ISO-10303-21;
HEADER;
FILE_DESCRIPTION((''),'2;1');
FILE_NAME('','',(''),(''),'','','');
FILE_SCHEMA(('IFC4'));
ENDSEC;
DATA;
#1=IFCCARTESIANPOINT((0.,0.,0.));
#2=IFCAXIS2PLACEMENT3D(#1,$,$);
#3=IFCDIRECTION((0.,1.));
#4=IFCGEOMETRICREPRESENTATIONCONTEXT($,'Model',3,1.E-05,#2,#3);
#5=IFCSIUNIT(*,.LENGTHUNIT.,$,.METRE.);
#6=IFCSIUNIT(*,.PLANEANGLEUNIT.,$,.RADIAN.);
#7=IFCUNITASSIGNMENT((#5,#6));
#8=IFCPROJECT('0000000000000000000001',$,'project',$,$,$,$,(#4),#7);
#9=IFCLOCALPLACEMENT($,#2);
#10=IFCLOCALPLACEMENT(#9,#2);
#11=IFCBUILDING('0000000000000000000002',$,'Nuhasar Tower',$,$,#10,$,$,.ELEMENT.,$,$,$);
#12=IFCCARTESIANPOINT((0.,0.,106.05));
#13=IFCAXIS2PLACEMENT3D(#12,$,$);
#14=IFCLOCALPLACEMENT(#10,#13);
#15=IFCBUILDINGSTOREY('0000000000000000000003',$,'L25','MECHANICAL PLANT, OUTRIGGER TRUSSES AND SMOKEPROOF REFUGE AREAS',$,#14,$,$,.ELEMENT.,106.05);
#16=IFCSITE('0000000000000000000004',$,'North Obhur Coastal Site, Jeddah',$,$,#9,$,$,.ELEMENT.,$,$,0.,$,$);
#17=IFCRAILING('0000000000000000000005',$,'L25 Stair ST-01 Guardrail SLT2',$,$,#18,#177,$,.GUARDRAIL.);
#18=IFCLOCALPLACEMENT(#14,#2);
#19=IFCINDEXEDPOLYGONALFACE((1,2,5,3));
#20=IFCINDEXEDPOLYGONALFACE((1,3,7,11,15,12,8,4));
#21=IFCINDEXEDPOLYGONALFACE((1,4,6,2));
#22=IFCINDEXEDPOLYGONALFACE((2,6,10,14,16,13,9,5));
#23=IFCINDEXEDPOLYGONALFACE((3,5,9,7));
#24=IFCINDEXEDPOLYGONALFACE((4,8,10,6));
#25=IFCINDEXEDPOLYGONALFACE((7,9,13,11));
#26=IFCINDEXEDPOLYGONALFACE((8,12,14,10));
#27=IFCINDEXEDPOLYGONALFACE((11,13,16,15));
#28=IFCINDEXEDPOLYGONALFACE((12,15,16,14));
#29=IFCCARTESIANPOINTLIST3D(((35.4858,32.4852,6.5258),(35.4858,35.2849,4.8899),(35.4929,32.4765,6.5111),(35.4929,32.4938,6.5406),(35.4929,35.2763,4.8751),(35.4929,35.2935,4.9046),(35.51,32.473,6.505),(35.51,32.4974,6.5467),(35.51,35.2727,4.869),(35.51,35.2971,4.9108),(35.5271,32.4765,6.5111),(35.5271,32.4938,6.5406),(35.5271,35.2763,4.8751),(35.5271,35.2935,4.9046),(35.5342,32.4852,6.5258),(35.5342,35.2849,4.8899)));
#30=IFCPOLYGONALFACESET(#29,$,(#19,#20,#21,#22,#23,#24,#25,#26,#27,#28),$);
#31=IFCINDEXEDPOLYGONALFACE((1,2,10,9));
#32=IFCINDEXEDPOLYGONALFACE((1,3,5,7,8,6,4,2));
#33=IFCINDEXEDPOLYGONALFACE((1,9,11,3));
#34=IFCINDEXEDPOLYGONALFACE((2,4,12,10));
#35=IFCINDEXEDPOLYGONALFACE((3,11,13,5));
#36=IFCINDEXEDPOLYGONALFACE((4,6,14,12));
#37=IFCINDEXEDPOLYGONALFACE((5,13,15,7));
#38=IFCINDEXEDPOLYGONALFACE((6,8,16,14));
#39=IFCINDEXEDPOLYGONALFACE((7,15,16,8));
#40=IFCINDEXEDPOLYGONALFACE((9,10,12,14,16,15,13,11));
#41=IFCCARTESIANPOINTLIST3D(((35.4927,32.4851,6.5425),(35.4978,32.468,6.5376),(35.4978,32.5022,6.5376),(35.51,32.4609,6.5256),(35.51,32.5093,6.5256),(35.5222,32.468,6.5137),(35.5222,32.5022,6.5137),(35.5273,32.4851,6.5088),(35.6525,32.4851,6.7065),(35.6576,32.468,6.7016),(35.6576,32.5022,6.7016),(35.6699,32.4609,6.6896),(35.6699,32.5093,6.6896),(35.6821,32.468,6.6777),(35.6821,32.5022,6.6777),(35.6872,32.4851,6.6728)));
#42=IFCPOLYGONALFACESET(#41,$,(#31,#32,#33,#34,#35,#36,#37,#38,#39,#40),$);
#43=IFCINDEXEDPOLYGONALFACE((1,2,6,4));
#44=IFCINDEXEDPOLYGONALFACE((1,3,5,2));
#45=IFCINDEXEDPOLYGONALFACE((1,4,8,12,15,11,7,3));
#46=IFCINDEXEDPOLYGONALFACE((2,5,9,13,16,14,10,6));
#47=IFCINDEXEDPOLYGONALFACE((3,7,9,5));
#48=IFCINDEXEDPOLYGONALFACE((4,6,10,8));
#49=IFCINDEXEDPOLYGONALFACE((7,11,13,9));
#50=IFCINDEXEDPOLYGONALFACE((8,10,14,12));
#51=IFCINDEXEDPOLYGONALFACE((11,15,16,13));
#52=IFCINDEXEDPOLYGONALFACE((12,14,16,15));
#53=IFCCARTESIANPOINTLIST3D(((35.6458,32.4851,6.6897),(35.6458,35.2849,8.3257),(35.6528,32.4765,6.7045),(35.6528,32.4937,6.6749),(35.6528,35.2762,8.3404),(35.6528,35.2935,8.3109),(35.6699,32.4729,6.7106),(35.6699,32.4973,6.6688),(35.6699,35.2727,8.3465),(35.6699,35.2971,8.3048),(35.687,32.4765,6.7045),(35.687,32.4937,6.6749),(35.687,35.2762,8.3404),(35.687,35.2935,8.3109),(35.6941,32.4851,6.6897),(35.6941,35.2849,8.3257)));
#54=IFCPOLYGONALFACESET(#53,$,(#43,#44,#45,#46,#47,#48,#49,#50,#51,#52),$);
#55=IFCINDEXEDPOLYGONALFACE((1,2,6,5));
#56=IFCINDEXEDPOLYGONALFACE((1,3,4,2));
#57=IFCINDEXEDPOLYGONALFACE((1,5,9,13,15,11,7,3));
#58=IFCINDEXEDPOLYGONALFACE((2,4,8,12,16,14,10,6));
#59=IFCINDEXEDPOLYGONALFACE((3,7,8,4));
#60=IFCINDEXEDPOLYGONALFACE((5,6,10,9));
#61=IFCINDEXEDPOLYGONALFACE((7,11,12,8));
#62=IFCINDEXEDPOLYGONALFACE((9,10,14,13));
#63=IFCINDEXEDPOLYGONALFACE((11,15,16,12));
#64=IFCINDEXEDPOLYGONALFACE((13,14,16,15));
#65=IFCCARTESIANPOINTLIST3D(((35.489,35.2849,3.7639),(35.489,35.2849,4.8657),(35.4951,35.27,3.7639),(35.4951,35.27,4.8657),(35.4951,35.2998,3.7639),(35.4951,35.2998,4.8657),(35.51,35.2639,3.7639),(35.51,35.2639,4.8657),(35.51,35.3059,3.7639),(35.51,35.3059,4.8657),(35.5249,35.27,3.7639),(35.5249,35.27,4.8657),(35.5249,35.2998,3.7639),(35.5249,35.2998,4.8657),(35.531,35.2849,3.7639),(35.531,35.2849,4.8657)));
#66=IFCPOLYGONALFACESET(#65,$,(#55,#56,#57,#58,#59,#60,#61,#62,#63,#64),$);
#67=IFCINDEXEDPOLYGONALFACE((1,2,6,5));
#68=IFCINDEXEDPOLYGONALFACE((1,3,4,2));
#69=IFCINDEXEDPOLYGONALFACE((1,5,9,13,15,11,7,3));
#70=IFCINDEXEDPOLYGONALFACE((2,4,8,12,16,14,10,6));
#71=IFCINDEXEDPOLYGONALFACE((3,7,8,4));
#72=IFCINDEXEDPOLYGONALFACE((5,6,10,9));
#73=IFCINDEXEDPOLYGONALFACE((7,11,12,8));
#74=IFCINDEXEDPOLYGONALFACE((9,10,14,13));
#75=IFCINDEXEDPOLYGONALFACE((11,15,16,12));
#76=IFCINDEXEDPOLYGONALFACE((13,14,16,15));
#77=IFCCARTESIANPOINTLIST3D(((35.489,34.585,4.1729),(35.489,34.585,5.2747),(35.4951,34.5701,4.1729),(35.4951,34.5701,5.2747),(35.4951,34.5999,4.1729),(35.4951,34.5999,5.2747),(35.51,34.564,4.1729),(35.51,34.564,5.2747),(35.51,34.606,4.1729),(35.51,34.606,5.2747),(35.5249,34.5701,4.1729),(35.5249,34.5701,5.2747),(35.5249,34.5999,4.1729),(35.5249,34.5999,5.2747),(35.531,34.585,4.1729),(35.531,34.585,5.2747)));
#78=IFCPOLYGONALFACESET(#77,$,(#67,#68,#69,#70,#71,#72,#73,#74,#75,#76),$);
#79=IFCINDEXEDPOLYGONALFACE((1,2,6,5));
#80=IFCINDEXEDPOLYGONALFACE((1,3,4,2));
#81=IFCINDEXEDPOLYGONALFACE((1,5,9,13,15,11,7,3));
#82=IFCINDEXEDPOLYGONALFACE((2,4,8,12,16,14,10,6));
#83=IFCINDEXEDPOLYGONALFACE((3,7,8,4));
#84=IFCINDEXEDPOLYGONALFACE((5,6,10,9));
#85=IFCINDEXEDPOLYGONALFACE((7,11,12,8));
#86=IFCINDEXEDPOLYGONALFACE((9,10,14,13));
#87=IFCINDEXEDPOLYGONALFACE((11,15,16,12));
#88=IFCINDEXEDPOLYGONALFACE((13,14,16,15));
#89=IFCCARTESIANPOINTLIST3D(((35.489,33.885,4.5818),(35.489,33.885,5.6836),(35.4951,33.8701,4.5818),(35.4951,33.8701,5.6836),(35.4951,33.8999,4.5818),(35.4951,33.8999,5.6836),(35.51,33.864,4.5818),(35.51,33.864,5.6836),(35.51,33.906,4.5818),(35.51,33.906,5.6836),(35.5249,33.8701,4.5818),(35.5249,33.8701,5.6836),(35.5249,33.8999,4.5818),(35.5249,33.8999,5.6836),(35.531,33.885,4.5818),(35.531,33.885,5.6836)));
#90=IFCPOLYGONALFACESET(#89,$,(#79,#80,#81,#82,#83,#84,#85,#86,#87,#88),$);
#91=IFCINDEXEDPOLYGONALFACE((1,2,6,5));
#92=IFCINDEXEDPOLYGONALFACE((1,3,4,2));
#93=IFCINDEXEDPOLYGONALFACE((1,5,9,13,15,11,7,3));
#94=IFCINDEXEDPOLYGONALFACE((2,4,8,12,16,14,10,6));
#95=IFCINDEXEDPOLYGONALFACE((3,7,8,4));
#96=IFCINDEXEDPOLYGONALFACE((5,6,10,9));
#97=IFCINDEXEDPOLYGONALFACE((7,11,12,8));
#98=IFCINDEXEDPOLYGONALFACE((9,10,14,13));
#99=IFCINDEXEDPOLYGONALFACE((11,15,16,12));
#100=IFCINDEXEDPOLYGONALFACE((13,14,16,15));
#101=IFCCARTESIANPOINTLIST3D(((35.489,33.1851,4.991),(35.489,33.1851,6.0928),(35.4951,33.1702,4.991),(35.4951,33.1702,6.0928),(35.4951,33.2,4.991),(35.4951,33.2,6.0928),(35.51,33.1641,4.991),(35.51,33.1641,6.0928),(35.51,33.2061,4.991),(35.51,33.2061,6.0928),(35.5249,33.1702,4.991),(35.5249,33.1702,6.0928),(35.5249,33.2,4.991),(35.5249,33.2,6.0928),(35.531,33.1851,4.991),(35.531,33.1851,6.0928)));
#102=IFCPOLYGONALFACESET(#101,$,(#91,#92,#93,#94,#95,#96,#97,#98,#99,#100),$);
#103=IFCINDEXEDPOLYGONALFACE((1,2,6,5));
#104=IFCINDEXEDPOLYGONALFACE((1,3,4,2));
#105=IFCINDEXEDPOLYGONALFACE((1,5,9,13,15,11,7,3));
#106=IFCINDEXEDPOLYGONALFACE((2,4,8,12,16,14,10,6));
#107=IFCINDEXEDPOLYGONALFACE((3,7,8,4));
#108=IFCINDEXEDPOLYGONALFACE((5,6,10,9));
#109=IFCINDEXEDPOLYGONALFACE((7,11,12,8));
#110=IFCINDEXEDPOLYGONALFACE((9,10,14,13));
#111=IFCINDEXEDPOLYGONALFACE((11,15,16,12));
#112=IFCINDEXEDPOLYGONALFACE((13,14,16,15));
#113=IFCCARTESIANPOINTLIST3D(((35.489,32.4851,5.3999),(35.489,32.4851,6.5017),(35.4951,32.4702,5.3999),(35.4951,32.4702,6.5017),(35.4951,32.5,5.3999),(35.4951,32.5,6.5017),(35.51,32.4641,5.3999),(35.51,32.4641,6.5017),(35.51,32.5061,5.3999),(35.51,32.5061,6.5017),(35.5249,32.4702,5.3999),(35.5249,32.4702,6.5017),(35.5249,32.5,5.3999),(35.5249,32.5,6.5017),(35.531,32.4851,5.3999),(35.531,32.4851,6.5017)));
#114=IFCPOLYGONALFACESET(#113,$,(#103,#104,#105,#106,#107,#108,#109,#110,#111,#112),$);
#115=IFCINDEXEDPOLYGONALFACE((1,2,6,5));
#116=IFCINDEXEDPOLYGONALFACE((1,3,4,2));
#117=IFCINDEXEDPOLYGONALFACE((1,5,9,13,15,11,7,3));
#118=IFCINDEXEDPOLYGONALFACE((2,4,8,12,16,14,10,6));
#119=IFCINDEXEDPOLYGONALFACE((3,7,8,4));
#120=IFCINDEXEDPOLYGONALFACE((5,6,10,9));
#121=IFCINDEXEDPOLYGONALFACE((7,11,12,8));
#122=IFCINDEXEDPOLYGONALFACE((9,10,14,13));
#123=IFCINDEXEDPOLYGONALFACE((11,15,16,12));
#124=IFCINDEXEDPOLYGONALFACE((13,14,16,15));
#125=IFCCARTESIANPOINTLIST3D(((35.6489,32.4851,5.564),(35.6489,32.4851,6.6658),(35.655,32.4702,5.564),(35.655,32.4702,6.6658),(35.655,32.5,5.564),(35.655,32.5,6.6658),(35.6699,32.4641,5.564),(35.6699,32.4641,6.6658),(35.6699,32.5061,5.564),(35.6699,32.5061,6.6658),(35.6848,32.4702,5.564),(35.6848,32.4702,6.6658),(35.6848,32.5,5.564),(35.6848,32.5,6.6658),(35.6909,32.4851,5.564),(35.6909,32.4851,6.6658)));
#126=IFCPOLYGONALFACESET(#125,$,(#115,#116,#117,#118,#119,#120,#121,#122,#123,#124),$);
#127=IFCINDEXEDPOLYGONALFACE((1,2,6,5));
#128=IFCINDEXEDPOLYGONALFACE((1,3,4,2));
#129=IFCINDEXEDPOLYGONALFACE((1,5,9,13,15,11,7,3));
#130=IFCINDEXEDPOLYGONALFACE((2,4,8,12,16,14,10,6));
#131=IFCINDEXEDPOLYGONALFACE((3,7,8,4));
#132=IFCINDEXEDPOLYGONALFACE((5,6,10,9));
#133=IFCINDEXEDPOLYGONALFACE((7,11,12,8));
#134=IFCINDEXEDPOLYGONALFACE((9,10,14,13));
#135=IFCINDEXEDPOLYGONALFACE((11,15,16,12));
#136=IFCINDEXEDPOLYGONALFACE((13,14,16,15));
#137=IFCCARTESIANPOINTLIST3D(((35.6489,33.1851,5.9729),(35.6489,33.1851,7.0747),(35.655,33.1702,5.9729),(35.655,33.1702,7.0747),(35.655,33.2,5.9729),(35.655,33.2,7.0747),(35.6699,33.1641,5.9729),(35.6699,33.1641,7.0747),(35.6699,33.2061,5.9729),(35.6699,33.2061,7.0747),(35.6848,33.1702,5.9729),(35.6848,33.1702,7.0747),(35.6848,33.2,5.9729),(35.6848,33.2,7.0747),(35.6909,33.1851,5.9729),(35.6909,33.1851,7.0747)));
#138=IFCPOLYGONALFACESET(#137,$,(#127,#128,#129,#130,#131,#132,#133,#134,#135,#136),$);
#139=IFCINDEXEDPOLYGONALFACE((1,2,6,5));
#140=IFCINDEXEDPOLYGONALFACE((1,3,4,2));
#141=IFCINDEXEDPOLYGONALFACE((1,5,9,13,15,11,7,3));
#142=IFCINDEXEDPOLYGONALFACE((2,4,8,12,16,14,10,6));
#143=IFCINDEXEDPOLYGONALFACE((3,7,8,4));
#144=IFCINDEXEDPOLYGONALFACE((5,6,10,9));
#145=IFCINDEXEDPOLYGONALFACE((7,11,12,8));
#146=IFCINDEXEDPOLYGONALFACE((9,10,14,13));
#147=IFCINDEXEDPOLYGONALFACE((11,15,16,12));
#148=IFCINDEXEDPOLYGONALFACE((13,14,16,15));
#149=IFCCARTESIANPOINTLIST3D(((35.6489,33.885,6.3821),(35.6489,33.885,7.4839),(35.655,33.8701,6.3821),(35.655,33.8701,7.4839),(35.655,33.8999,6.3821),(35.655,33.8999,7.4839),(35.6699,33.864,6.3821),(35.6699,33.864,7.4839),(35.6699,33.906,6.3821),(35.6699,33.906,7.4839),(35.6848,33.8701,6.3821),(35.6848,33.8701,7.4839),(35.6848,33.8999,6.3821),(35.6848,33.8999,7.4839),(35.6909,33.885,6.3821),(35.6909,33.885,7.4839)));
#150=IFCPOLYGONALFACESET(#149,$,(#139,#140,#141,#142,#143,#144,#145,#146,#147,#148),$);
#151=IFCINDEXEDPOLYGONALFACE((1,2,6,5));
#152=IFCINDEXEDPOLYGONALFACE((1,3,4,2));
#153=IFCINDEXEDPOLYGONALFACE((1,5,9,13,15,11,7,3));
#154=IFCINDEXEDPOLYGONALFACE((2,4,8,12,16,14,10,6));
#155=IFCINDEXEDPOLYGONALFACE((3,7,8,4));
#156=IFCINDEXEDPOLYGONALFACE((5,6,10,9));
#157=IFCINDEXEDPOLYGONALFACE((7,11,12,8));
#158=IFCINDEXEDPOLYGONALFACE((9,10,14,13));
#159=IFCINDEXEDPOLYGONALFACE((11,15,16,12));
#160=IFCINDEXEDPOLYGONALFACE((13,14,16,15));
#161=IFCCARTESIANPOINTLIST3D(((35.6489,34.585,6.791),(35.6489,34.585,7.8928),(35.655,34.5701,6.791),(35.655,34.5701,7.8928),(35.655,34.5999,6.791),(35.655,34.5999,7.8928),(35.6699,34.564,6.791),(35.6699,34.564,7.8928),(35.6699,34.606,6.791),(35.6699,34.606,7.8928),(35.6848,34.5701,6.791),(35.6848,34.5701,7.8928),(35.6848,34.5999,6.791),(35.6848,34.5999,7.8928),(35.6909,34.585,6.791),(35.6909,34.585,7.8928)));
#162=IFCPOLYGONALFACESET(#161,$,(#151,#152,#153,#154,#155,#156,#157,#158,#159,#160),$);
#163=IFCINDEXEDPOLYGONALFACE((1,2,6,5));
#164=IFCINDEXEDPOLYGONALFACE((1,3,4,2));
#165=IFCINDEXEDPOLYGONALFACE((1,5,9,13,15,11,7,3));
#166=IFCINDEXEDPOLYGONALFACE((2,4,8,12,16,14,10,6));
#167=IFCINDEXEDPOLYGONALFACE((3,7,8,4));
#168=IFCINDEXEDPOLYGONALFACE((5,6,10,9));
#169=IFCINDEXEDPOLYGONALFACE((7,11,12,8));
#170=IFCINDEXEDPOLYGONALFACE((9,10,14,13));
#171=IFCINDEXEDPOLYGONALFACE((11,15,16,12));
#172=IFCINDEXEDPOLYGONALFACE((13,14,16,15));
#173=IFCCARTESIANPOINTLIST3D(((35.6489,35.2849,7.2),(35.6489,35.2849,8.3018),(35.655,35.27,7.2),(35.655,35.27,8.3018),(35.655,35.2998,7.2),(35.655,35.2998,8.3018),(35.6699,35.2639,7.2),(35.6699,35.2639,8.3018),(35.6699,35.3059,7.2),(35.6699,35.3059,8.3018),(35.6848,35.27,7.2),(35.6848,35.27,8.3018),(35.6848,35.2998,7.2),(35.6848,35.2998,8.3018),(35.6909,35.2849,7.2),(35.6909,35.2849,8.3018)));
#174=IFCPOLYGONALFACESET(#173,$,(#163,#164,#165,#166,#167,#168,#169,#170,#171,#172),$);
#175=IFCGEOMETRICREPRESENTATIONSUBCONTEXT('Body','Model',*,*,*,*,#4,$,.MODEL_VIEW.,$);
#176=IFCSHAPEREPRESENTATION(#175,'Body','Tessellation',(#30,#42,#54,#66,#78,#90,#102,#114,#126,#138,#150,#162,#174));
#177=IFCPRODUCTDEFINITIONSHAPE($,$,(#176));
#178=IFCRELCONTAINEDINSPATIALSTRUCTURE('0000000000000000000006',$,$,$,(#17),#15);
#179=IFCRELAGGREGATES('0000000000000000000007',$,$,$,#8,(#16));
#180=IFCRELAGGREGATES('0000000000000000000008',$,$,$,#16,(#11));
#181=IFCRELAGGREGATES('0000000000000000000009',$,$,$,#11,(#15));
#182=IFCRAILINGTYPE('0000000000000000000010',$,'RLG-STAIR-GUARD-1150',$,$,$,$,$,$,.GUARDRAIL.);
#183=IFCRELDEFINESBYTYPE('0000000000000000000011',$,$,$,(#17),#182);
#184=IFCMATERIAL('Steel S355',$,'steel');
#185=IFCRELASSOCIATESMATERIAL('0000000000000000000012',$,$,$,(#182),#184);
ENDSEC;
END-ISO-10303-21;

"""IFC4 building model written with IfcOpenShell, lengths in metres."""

from ifc_helpers import new_model, si_unit, direction, frame, origin, place, context, subcontext, project, spatial, polyline, outline, extrude, material, type_object, element, save


model = new_model("IFC4")

# Units and contexts
model_context = context("Model", 3, precision=1e-05, world=origin(), true_north=direction((0.0, 1.0)))
body_context = subcontext(model_context, "Body", "Model", "MODEL_VIEW")
ifc_project = project(units=[si_unit("LENGTHUNIT", "METRE"), si_unit("PLANEANGLEUNIT", "RADIAN")], contexts=[model_context])

# Site, building, storey
site_placement = place(None, origin())
site = spatial("IfcSite", under=ifc_project, at=site_placement, Name="North Obhur Coastal Site, Jeddah", CompositionType="ELEMENT", RefElevation=0.0)
building_placement = place(site_placement, origin())
building = spatial("IfcBuilding", under=site, at=building_placement, Name="Nuhasar Tower", CompositionType="ELEMENT")
storey_placement = place(building_placement, frame((0.0, 0.0, 106.05)))
storey = spatial("IfcBuildingStorey", under=building, at=storey_placement, Name="L25", Description="MECHANICAL PLANT, OUTRIGGER TRUSSES AND SMOKEPROOF REFUGE AREAS", CompositionType="ELEMENT", Elevation=106.05)

# Shared definitions
ifc_material_1 = material(Name="Steel S355", Category="steel")

# Railing
railing_type_1 = type_object("IfcRailingType", Name="RLG-STAIR-GUARD-1150", PredefinedType="GUARDRAIL", material=ifc_material_1)
railing_1_placement = place(storey_placement, frame((35.51, 35.2849, 3.7639)))
element("IfcRailing", 1, at=railing_1_placement, inside=storey, type_object=railing_type_1, Name="L25 Stair ST-01 Guardrail SLT2", PredefinedType="GUARDRAIL", context=body_context, shape_type="SweptSolid", body=[
    extrude(outline(polyline([(0.0242, 0.0), (0.0171, 0.0171), (0.0, 0.0242), (-0.0171, 0.0171), (-0.0242, 0.0), (-0.0171, -0.0171), (0.0, -0.0242), (0.0171, -0.0171), (0.0242, 0.0)])), frame((0.0, 0.0, 1.126), z_axis=(0.0, -0.863407, 0.504508), x_axis=(1.0, 0.0, 0.0)), (0.0, 0.0, 1.0), 3.2427),
    extrude(outline(polyline([(0.0242, 0.0), (0.0171, 0.0171), (0.0, 0.0242), (-0.0171, 0.0171), (-0.0242, 0.0), (-0.0171, -0.0171), (0.0, -0.0242), (0.0171, -0.0171), (0.0242, 0.0)])), frame((0.0, -2.7998, 2.7617), z_axis=(0.697991, 0.0, 0.716107), x_axis=(0.0, 1.0, 0.0)), (0.0, 0.0, 1.0), 0.229),
    extrude(outline(polyline([(0.0242, 0.0), (0.0171, 0.0171), (0.0, 0.0242), (-0.0171, 0.0171), (-0.0242, 0.0), (-0.0171, -0.0171), (0.0, -0.0242), (0.0171, -0.0171), (0.0242, 0.0)])), frame((0.1599, -2.7998, 2.9258), z_axis=(0.0, 0.863407, 0.504508), x_axis=(-1.0, 0.0, 0.0)), (0.0, 0.0, 1.0), 3.2427),
    extrude(outline(polyline([(0.021, 0.0), (0.0149, 0.0149), (0.0, 0.021), (-0.0149, 0.0149), (-0.021, 0.0), (-0.0149, -0.0149), (0.0, -0.021), (0.0149, -0.0149), (0.021, 0.0)])), origin(), (0.0, 0.0, 1.0), 1.1018),
    extrude(outline(polyline([(0.021, 0.0), (0.0149, 0.0149), (0.0, 0.021), (-0.0149, 0.0149), (-0.021, 0.0), (-0.0149, -0.0149), (0.0, -0.021), (0.0149, -0.0149), (0.021, 0.0)])), frame((0.0, -0.7, 0.4089)), (0.0, 0.0, 1.0), 1.1018),
    extrude(outline(polyline([(0.021, 0.0), (0.0149, 0.0149), (0.0, 0.021), (-0.0149, 0.0149), (-0.021, 0.0), (-0.0149, -0.0149), (0.0, -0.021), (0.0149, -0.0149), (0.021, 0.0)])), frame((0.0, -1.3999, 0.8179)), (0.0, 0.0, 1.0), 1.1018),
    extrude(outline(polyline([(0.021, 0.0), (0.0149, 0.0149), (0.0, 0.021), (-0.0149, 0.0149), (-0.021, 0.0), (-0.0149, -0.0149), (0.0, -0.021), (0.0149, -0.0149), (0.021, 0.0)])), frame((0.0, -2.0999, 1.2271)), (0.0, 0.0, 1.0), 1.1018),
    extrude(outline(polyline([(0.021, 0.0), (0.0149, 0.0149), (0.0, 0.021), (-0.0149, 0.0149), (-0.021, 0.0), (-0.0149, -0.0149), (0.0, -0.021), (0.0149, -0.0149), (0.021, 0.0)])), frame((0.0, -2.7998, 1.636)), (0.0, 0.0, 1.0), 1.1018),
    extrude(outline(polyline([(0.021, 0.0), (0.0149, 0.0149), (0.0, 0.021), (-0.0149, 0.0149), (-0.021, 0.0), (-0.0149, -0.0149), (0.0, -0.021), (0.0149, -0.0149), (0.021, 0.0)])), frame((0.1599, -2.7998, 1.8)), (0.0, 0.0, 1.0), 1.1018),
    extrude(outline(polyline([(0.021, 0.0), (0.0149, 0.0149), (0.0, 0.021), (-0.0149, 0.0149), (-0.021, 0.0), (-0.0149, -0.0149), (0.0, -0.021), (0.0149, -0.0149), (0.021, 0.0)])), frame((0.1599, -2.0999, 2.209)), (0.0, 0.0, 1.0), 1.1018),
    extrude(outline(polyline([(0.021, 0.0), (0.0149, 0.0149), (0.0, 0.021), (-0.0149, 0.0149), (-0.021, 0.0), (-0.0149, -0.0149), (0.0, -0.021), (0.0149, -0.0149), (0.021, 0.0)])), frame((0.1599, -1.3999, 2.6182)), (0.0, 0.0, 1.0), 1.1018),
    extrude(outline(polyline([(0.021, 0.0), (0.0149, 0.0149), (0.0, 0.021), (-0.0149, 0.0149), (-0.021, 0.0), (-0.0149, -0.0149), (0.0, -0.021), (0.0149, -0.0149), (0.021, 0.0)])), frame((0.1599, -0.7, 3.0271)), (0.0, 0.0, 1.0), 1.1018),
    extrude(outline(polyline([(0.021, 0.0), (0.0149, 0.0149), (0.0, 0.021), (-0.0149, 0.0149), (-0.021, 0.0), (-0.0149, -0.0149), (0.0, -0.021), (0.0149, -0.0149), (0.021, 0.0)])), frame((0.1599, 0.0, 3.436)), (0.0, 0.0, 1.0), 1.1018),
])

save(model, "model.ifc")
